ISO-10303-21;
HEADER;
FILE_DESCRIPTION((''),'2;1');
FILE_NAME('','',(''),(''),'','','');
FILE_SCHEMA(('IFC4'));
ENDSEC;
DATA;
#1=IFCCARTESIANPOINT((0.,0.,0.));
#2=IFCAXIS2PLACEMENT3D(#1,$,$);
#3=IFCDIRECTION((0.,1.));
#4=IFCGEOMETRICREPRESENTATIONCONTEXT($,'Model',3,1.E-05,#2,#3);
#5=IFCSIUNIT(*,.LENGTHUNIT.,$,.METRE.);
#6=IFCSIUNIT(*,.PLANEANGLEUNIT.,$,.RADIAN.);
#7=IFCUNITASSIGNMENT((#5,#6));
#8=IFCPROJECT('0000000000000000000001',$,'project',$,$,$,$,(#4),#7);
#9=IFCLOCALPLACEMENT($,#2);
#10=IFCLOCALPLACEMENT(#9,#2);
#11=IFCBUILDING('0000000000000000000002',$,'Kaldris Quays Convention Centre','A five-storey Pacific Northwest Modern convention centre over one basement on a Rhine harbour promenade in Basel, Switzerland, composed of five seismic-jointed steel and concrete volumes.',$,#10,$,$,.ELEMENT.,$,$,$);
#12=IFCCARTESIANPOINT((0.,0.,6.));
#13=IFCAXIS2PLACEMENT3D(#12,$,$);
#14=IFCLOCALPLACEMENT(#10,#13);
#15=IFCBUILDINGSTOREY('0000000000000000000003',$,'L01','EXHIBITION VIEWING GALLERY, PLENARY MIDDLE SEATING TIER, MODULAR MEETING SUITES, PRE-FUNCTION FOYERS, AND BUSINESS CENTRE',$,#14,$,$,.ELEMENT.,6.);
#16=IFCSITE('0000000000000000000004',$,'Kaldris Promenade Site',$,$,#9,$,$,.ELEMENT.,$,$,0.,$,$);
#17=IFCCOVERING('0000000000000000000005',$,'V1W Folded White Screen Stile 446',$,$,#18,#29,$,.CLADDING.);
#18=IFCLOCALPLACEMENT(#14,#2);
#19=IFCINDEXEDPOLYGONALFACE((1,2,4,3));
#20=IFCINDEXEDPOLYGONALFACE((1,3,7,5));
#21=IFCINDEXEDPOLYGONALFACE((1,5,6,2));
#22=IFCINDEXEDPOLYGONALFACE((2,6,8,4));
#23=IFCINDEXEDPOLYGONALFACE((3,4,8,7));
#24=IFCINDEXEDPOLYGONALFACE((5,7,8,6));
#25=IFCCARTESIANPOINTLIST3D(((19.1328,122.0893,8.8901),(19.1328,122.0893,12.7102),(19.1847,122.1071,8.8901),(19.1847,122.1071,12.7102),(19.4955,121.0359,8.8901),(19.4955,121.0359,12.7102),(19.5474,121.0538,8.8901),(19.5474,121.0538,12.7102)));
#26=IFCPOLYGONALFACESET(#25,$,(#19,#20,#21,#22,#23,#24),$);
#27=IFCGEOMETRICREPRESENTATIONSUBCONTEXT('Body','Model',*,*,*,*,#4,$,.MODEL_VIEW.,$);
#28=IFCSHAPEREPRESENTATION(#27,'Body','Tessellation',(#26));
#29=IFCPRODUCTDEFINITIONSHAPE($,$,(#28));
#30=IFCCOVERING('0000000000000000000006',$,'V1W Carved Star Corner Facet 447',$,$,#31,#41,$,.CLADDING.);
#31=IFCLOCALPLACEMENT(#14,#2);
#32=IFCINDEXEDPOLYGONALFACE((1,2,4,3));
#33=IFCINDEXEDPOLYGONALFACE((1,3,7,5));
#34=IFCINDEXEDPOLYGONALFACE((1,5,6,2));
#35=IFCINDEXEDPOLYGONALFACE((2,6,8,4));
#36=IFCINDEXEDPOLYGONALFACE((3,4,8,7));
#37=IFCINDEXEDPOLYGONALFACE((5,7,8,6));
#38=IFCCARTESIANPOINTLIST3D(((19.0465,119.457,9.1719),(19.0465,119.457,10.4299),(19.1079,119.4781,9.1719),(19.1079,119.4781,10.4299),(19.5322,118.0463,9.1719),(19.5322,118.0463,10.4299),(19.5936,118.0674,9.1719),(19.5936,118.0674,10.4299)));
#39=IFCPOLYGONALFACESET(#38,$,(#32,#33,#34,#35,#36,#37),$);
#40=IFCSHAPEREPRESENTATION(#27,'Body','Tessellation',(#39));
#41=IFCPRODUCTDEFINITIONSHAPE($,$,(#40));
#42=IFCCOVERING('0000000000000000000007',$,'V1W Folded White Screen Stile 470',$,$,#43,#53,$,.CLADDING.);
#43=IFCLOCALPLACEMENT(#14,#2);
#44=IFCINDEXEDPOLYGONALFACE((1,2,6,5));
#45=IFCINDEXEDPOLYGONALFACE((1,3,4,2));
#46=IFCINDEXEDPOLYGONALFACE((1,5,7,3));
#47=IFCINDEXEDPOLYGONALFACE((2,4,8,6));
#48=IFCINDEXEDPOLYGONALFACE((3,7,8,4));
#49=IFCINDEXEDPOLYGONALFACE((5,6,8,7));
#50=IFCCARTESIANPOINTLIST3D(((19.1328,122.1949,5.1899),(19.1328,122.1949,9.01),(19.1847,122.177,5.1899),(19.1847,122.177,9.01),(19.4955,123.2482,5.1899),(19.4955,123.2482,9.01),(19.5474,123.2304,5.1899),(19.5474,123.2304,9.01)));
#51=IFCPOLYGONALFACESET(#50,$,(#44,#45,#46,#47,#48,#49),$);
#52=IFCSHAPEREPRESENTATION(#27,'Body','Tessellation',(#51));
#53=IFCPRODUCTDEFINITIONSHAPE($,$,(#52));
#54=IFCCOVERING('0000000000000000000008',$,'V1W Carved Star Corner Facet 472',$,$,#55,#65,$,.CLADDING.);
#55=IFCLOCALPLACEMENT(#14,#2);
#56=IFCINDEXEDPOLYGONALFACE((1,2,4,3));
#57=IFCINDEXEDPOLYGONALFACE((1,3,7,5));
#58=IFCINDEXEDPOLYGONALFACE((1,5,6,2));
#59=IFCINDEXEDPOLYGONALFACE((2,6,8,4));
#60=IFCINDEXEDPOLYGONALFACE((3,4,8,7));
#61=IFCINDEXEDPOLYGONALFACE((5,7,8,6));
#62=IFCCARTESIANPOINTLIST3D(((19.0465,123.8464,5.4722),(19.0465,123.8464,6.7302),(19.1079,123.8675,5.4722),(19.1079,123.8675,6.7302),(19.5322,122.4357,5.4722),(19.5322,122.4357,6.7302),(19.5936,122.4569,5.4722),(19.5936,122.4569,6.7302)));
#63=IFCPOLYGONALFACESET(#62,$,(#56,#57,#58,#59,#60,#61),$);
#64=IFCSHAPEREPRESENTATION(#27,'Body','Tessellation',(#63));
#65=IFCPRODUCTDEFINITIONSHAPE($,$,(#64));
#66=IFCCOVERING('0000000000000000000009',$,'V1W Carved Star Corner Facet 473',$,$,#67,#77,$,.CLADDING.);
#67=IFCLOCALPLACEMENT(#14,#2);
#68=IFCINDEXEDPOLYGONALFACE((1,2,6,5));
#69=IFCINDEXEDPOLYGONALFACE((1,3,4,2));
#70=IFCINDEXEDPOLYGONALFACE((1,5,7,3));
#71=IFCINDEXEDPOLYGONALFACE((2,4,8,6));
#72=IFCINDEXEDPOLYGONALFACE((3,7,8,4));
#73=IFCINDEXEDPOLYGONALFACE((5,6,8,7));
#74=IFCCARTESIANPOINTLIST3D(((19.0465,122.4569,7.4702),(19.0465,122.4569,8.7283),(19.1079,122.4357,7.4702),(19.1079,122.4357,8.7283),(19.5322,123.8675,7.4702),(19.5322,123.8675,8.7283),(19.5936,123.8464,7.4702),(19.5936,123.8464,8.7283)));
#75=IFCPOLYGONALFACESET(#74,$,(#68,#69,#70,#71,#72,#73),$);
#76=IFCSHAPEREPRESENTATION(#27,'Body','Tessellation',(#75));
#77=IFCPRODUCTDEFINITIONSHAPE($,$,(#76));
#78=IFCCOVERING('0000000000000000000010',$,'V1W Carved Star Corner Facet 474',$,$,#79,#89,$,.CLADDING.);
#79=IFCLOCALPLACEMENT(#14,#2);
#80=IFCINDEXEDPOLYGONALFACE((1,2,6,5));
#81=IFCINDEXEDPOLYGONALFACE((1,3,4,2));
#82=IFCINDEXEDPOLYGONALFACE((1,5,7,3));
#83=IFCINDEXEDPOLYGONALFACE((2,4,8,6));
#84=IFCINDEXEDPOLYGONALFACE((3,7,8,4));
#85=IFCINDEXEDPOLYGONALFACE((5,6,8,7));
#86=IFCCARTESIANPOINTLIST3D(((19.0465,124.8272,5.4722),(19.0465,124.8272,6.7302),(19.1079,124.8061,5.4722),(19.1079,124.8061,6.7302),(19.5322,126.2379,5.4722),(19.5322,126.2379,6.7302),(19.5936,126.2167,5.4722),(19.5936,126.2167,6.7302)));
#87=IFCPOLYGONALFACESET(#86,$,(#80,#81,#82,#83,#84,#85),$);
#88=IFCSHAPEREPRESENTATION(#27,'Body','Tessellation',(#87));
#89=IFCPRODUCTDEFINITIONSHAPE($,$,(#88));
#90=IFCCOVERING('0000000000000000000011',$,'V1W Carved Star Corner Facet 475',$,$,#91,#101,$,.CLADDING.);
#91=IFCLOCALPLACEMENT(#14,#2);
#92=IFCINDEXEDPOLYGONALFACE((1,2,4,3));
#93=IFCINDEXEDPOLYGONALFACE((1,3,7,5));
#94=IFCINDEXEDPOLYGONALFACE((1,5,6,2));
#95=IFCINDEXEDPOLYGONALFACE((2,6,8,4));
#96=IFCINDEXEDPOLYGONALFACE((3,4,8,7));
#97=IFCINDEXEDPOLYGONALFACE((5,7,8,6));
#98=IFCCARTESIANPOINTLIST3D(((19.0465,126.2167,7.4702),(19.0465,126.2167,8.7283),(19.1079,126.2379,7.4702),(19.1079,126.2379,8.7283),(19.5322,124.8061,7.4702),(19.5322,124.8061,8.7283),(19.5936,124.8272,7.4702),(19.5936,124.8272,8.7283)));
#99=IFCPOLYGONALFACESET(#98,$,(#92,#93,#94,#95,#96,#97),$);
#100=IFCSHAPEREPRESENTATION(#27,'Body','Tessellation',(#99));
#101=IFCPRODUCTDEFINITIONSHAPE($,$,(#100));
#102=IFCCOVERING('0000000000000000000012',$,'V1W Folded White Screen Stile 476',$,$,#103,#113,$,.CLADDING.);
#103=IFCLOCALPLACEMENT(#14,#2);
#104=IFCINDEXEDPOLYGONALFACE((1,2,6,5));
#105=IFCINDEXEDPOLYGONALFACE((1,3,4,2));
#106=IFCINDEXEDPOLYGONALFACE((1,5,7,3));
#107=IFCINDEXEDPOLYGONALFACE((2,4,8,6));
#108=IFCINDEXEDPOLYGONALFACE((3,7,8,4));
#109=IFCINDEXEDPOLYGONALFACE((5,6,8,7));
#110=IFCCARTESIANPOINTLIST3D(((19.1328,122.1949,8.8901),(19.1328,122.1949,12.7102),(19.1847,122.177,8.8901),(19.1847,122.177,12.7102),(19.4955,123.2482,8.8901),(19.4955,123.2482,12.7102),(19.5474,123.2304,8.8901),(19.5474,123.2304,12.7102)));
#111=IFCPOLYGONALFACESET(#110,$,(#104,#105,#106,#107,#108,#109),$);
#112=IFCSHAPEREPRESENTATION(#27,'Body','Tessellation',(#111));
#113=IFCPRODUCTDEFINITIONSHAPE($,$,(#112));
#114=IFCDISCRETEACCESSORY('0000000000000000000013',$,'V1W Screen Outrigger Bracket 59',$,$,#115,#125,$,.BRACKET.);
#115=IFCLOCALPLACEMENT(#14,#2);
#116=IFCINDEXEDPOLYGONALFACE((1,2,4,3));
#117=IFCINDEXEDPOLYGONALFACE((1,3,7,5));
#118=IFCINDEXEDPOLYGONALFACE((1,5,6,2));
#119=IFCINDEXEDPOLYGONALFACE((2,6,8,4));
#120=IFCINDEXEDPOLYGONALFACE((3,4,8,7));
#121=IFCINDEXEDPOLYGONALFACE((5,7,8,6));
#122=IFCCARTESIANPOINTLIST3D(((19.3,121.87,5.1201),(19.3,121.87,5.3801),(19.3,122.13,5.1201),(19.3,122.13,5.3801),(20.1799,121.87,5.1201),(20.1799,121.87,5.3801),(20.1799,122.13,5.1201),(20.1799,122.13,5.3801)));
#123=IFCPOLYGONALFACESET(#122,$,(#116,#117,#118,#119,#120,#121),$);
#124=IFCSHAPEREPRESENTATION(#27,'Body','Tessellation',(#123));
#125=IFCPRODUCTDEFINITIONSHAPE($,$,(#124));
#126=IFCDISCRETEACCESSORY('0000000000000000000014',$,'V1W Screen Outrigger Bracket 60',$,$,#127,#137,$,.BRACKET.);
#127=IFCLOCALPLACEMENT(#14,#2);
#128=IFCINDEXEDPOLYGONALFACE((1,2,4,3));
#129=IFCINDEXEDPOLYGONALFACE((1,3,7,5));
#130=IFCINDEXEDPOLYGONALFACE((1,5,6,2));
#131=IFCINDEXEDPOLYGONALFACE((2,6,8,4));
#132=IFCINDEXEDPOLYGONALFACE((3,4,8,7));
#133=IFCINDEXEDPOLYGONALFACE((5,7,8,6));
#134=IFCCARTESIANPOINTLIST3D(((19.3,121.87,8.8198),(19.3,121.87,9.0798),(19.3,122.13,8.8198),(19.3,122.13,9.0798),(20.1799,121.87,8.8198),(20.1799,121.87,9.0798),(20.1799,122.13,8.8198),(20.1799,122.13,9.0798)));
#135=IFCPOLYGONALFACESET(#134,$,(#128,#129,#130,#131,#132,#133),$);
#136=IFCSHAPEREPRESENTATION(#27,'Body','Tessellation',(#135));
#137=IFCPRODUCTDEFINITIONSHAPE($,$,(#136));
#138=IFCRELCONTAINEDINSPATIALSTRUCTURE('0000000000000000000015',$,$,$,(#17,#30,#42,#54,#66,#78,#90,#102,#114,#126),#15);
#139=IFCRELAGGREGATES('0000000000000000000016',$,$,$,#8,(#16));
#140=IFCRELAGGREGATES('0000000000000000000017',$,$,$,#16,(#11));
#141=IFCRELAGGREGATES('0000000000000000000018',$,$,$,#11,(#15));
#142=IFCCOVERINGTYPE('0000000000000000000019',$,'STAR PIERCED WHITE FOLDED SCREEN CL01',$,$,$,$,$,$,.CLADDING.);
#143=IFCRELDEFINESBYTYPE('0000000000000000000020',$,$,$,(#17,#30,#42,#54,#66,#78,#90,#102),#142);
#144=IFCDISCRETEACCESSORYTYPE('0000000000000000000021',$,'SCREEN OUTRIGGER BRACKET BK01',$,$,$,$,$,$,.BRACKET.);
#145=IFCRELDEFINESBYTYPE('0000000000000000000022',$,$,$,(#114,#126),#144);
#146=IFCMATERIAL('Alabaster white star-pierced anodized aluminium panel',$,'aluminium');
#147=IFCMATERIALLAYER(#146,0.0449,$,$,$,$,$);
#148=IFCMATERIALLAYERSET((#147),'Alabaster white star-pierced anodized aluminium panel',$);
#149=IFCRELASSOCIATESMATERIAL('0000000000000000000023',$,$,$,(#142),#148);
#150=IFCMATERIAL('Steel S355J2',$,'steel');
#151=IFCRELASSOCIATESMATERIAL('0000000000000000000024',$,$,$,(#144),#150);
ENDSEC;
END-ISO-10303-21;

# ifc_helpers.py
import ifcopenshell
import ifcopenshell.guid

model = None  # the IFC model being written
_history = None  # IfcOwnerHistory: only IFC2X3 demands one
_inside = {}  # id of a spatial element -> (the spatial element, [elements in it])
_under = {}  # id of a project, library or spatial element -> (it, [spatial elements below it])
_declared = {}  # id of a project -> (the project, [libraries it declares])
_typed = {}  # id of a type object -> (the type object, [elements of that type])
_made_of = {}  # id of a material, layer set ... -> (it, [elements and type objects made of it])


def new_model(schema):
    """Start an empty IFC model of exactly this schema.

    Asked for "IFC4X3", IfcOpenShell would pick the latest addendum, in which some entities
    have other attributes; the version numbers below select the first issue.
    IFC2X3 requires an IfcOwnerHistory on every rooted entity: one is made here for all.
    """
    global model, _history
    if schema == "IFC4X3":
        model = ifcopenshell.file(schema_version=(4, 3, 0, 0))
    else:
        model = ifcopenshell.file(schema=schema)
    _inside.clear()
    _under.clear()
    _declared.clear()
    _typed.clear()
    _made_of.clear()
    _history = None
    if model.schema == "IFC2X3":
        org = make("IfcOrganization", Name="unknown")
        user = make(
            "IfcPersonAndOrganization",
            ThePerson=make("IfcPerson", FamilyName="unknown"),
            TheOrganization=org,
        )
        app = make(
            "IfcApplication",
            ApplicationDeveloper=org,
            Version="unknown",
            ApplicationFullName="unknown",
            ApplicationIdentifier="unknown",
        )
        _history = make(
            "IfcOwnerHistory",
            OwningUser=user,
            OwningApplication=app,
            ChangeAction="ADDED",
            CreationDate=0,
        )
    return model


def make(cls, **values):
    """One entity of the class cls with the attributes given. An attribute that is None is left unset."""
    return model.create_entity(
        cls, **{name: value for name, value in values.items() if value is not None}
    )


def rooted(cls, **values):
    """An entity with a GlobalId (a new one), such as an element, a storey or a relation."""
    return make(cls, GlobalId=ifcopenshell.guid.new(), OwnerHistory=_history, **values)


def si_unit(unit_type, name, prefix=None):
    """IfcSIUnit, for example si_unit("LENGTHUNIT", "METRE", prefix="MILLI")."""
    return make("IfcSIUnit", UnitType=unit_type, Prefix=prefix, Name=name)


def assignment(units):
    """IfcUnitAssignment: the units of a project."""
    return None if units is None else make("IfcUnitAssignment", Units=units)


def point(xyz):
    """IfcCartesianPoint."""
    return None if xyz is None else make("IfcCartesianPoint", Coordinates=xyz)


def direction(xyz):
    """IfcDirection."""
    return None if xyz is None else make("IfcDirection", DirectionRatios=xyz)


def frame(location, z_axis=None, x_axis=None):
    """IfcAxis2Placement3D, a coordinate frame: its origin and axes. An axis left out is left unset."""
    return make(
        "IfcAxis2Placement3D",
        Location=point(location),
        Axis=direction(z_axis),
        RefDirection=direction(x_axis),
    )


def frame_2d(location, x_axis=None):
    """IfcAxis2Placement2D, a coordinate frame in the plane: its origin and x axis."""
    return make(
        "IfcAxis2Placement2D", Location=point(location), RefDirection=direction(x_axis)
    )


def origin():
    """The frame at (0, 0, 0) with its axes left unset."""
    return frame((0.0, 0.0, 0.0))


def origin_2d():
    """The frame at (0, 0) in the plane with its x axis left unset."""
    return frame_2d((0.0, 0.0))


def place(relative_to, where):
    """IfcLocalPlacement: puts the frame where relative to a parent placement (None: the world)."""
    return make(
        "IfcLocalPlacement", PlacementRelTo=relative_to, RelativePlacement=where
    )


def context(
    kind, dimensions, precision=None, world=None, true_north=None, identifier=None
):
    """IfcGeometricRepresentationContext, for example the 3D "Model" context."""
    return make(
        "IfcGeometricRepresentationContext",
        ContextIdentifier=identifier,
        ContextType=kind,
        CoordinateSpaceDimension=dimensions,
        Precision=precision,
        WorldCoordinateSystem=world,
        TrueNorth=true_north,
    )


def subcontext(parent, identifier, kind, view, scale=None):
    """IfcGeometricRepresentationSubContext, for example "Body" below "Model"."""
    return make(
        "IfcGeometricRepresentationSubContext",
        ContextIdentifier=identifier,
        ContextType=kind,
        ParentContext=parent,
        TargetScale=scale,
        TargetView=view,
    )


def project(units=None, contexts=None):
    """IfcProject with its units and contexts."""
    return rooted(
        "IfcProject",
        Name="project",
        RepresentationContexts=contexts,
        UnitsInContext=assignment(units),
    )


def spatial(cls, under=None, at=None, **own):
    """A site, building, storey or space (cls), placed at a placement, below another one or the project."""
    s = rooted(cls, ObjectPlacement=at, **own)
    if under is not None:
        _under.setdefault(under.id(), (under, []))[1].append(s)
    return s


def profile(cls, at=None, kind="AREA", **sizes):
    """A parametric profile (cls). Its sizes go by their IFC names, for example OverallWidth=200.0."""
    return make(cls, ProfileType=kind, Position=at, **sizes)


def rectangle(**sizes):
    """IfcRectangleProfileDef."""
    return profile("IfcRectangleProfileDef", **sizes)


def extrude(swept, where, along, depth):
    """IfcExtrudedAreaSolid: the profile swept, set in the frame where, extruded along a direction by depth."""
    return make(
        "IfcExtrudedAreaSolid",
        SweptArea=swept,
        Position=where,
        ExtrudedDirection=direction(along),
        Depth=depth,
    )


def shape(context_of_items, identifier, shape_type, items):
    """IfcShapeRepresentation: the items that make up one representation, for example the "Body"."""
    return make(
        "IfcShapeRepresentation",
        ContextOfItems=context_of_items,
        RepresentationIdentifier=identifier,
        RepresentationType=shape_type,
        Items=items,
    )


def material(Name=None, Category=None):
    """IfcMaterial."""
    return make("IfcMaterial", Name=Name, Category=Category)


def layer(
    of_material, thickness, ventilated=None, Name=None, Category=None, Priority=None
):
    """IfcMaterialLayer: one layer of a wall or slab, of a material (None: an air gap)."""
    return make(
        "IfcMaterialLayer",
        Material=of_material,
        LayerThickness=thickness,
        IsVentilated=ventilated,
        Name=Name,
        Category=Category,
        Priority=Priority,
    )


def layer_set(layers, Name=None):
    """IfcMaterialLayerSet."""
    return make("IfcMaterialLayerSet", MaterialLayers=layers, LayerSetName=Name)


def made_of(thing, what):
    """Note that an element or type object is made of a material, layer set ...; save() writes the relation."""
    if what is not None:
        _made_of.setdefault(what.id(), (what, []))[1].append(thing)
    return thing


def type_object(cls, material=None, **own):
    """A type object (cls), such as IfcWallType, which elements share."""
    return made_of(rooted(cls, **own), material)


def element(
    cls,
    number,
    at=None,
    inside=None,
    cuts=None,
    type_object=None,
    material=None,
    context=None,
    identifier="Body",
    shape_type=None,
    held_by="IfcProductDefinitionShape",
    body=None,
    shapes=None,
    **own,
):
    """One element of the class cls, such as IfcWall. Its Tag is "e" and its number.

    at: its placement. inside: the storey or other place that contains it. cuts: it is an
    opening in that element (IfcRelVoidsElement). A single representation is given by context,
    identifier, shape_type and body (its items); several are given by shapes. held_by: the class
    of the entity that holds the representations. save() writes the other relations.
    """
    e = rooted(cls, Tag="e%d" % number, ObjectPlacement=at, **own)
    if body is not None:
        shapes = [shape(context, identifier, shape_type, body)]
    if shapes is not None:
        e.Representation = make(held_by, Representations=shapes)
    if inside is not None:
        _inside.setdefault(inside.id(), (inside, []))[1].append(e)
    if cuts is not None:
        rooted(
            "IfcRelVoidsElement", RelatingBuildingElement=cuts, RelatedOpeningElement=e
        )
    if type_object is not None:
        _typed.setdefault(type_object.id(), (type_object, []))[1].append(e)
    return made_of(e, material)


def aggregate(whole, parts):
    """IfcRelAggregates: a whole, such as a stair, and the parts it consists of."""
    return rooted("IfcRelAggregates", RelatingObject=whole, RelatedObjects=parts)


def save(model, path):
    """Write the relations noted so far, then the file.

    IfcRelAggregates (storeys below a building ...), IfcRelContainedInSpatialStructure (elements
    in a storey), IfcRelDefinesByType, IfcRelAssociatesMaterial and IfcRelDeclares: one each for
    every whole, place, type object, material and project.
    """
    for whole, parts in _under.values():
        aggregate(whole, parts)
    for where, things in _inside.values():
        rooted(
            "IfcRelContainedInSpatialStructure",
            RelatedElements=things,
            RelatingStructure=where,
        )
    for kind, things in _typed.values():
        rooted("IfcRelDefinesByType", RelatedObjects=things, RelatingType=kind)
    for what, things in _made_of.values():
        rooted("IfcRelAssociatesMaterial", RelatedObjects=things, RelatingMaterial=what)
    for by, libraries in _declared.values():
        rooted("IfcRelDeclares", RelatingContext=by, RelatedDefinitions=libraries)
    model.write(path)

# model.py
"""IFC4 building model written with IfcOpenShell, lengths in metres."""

from ifc_helpers import new_model, si_unit, direction, frame, origin, origin_2d, place, context, subcontext, project, spatial, rectangle, extrude, material, layer, layer_set, type_object, element, save


model = new_model("IFC4")

# Units and contexts
model_context = context("Model", 3, precision=1e-05, world=origin(), true_north=direction((0.0, 1.0)))
body_context = subcontext(model_context, "Body", "Model", "MODEL_VIEW")
ifc_project = project(units=[si_unit("LENGTHUNIT", "METRE"), si_unit("PLANEANGLEUNIT", "RADIAN")], contexts=[model_context])

# Site, building, storey
site_placement = place(None, origin())
site = spatial("IfcSite", under=ifc_project, at=site_placement, Name="Kaldris Promenade Site", CompositionType="ELEMENT", RefElevation=0.0)
building_placement = place(site_placement, origin())
building = spatial("IfcBuilding", under=site, at=building_placement, Name="Kaldris Quays Convention Centre", Description="A five-storey Pacific Northwest Modern convention centre over one basement on a Rhine harbour promenade in Basel, Switzerland, composed of five seismic-jointed steel and concrete volumes.", CompositionType="ELEMENT")
storey_placement = place(building_placement, frame((0.0, 0.0, 6.0)))
storey = spatial("IfcBuildingStorey", under=building, at=storey_placement, Name="L01", Description="EXHIBITION VIEWING GALLERY, PLENARY MIDDLE SEATING TIER, MODULAR MEETING SUITES, PRE-FUNCTION FOYERS, AND BUSINESS CENTRE", CompositionType="ELEMENT", Elevation=6.0)

# Coverings
ifc_material_1 = material(Name="Alabaster white star-pierced anodized aluminium panel", Category="aluminium")
ifc_layer = layer(ifc_material_1, 0.0449)
ifc_layer_set = layer_set([ifc_layer], Name="Alabaster white star-pierced anodized aluminium panel")
covering_type = type_object("IfcCoveringType", Name="STAR PIERCED WHITE FOLDED SCREEN CL01", PredefinedType="CLADDING", material=ifc_layer_set)
for number, where, z_axis, x_axis, name in (
    (1, (19.3401, 121.5715, 8.8901), (0.0, 0.0, 1.0), (-0.325568, 0.945519, 0.0), "V1W Folded White Screen Stile 446"),
):
    element("IfcCovering", number, at=place(storey_placement, frame(where, z_axis=z_axis, x_axis=x_axis)), inside=storey, type_object=covering_type, Name=name, PredefinedType="CLADDING", context=body_context, shape_type="SweptSolid", body=[
        extrude(rectangle(XDim=1.114, YDim=0.0549, at=origin_2d()), origin(), (0.0, 0.0, 1.0), 3.8201),
    ])
covering_1_placement = place(storey_placement, frame((19.3201, 118.7622, 9.1719), z_axis=(0.0, 0.0, 1.0), x_axis=(-0.325568, 0.945519, 0.0)))
element("IfcCovering", 2, at=covering_1_placement, inside=storey, type_object=covering_type, Name="V1W Carved Star Corner Facet 447", PredefinedType="CLADDING", context=body_context, shape_type="SweptSolid", body=[
    extrude(rectangle(XDim=1.4919, YDim=0.0649, at=origin_2d()), origin(), (0.0, 0.0, 1.0), 1.2581),
])
covering_2_placement = place(storey_placement, frame((19.3401, 122.7126, 5.1899), z_axis=(0.0, 0.0, 1.0), x_axis=(0.325568, 0.945519, 0.0)))
element("IfcCovering", 3, at=covering_2_placement, inside=storey, type_object=covering_type, Name="V1W Folded White Screen Stile 470", PredefinedType="CLADDING", context=body_context, shape_type="SweptSolid", body=[
    extrude(rectangle(XDim=1.114, YDim=0.0549, at=origin_2d()), origin(), (0.0, 0.0, 1.0), 3.8201),
])
for number, where, z_axis, x_axis, name in (
    (4, (19.3201, 123.1516, 5.4722), (0.0, 0.0, 1.0), (-0.325568, 0.945519, 0.0), "V1W Carved Star Corner Facet 472"),
    (5, (19.3201, 123.1516, 7.4702), (0.0, 0.0, 1.0), (0.325568, 0.945519, 0.0), "V1W Carved Star Corner Facet 473"),
    (6, (19.3201, 125.522, 5.4722), (0.0, 0.0, 1.0), (0.325568, 0.945519, 0.0), "V1W Carved Star Corner Facet 474"),
    (7, (19.3201, 125.522, 7.4702), (0.0, 0.0, 1.0), (-0.325568, 0.945519, 0.0), "V1W Carved Star Corner Facet 475"),
):
    element("IfcCovering", number, at=place(storey_placement, frame(where, z_axis=z_axis, x_axis=x_axis)), inside=storey, type_object=covering_type, Name=name, PredefinedType="CLADDING", context=body_context, shape_type="SweptSolid", body=[
        extrude(rectangle(XDim=1.4919, YDim=0.0649, at=origin_2d()), origin(), (0.0, 0.0, 1.0), 1.2581),
    ])
covering_3_placement = place(storey_placement, frame((19.3401, 122.7126, 8.8901), z_axis=(0.0, 0.0, 1.0), x_axis=(0.325568, 0.945519, 0.0)))
element("IfcCovering", 8, at=covering_3_placement, inside=storey, type_object=covering_type, Name="V1W Folded White Screen Stile 476", PredefinedType="CLADDING", context=body_context, shape_type="SweptSolid", body=[
    extrude(rectangle(XDim=1.114, YDim=0.0549, at=origin_2d()), origin(), (0.0, 0.0, 1.0), 3.8201),
])

# Discrete accessories
ifc_material_2 = material(Name="Steel S355J2", Category="steel")
discrete_accessory_type = type_object("IfcDiscreteAccessoryType", Name="SCREEN OUTRIGGER BRACKET BK01", PredefinedType="BRACKET", material=ifc_material_2)
for number, where, z_axis, x_axis, name in (
    (9, (19.74, 122.0, 5.1201), (0.0, 0.0, 1.0), (0.0, 1.0, 0.0), "V1W Screen Outrigger Bracket 59"),
    (10, (19.74, 122.0, 8.8198), (0.0, 0.0, 1.0), (0.0, 1.0, 0.0), "V1W Screen Outrigger Bracket 60"),
):
    element("IfcDiscreteAccessory", number, at=place(storey_placement, frame(where, z_axis=z_axis, x_axis=x_axis)), inside=storey, type_object=discrete_accessory_type, Name=name, PredefinedType="BRACKET", context=body_context, shape_type="SweptSolid", body=[
        extrude(rectangle(XDim=0.26, YDim=0.8799, at=origin_2d()), origin(), (0.0, 0.0, 1.0), 0.26),
    ])

save(model, "model.ifc")
